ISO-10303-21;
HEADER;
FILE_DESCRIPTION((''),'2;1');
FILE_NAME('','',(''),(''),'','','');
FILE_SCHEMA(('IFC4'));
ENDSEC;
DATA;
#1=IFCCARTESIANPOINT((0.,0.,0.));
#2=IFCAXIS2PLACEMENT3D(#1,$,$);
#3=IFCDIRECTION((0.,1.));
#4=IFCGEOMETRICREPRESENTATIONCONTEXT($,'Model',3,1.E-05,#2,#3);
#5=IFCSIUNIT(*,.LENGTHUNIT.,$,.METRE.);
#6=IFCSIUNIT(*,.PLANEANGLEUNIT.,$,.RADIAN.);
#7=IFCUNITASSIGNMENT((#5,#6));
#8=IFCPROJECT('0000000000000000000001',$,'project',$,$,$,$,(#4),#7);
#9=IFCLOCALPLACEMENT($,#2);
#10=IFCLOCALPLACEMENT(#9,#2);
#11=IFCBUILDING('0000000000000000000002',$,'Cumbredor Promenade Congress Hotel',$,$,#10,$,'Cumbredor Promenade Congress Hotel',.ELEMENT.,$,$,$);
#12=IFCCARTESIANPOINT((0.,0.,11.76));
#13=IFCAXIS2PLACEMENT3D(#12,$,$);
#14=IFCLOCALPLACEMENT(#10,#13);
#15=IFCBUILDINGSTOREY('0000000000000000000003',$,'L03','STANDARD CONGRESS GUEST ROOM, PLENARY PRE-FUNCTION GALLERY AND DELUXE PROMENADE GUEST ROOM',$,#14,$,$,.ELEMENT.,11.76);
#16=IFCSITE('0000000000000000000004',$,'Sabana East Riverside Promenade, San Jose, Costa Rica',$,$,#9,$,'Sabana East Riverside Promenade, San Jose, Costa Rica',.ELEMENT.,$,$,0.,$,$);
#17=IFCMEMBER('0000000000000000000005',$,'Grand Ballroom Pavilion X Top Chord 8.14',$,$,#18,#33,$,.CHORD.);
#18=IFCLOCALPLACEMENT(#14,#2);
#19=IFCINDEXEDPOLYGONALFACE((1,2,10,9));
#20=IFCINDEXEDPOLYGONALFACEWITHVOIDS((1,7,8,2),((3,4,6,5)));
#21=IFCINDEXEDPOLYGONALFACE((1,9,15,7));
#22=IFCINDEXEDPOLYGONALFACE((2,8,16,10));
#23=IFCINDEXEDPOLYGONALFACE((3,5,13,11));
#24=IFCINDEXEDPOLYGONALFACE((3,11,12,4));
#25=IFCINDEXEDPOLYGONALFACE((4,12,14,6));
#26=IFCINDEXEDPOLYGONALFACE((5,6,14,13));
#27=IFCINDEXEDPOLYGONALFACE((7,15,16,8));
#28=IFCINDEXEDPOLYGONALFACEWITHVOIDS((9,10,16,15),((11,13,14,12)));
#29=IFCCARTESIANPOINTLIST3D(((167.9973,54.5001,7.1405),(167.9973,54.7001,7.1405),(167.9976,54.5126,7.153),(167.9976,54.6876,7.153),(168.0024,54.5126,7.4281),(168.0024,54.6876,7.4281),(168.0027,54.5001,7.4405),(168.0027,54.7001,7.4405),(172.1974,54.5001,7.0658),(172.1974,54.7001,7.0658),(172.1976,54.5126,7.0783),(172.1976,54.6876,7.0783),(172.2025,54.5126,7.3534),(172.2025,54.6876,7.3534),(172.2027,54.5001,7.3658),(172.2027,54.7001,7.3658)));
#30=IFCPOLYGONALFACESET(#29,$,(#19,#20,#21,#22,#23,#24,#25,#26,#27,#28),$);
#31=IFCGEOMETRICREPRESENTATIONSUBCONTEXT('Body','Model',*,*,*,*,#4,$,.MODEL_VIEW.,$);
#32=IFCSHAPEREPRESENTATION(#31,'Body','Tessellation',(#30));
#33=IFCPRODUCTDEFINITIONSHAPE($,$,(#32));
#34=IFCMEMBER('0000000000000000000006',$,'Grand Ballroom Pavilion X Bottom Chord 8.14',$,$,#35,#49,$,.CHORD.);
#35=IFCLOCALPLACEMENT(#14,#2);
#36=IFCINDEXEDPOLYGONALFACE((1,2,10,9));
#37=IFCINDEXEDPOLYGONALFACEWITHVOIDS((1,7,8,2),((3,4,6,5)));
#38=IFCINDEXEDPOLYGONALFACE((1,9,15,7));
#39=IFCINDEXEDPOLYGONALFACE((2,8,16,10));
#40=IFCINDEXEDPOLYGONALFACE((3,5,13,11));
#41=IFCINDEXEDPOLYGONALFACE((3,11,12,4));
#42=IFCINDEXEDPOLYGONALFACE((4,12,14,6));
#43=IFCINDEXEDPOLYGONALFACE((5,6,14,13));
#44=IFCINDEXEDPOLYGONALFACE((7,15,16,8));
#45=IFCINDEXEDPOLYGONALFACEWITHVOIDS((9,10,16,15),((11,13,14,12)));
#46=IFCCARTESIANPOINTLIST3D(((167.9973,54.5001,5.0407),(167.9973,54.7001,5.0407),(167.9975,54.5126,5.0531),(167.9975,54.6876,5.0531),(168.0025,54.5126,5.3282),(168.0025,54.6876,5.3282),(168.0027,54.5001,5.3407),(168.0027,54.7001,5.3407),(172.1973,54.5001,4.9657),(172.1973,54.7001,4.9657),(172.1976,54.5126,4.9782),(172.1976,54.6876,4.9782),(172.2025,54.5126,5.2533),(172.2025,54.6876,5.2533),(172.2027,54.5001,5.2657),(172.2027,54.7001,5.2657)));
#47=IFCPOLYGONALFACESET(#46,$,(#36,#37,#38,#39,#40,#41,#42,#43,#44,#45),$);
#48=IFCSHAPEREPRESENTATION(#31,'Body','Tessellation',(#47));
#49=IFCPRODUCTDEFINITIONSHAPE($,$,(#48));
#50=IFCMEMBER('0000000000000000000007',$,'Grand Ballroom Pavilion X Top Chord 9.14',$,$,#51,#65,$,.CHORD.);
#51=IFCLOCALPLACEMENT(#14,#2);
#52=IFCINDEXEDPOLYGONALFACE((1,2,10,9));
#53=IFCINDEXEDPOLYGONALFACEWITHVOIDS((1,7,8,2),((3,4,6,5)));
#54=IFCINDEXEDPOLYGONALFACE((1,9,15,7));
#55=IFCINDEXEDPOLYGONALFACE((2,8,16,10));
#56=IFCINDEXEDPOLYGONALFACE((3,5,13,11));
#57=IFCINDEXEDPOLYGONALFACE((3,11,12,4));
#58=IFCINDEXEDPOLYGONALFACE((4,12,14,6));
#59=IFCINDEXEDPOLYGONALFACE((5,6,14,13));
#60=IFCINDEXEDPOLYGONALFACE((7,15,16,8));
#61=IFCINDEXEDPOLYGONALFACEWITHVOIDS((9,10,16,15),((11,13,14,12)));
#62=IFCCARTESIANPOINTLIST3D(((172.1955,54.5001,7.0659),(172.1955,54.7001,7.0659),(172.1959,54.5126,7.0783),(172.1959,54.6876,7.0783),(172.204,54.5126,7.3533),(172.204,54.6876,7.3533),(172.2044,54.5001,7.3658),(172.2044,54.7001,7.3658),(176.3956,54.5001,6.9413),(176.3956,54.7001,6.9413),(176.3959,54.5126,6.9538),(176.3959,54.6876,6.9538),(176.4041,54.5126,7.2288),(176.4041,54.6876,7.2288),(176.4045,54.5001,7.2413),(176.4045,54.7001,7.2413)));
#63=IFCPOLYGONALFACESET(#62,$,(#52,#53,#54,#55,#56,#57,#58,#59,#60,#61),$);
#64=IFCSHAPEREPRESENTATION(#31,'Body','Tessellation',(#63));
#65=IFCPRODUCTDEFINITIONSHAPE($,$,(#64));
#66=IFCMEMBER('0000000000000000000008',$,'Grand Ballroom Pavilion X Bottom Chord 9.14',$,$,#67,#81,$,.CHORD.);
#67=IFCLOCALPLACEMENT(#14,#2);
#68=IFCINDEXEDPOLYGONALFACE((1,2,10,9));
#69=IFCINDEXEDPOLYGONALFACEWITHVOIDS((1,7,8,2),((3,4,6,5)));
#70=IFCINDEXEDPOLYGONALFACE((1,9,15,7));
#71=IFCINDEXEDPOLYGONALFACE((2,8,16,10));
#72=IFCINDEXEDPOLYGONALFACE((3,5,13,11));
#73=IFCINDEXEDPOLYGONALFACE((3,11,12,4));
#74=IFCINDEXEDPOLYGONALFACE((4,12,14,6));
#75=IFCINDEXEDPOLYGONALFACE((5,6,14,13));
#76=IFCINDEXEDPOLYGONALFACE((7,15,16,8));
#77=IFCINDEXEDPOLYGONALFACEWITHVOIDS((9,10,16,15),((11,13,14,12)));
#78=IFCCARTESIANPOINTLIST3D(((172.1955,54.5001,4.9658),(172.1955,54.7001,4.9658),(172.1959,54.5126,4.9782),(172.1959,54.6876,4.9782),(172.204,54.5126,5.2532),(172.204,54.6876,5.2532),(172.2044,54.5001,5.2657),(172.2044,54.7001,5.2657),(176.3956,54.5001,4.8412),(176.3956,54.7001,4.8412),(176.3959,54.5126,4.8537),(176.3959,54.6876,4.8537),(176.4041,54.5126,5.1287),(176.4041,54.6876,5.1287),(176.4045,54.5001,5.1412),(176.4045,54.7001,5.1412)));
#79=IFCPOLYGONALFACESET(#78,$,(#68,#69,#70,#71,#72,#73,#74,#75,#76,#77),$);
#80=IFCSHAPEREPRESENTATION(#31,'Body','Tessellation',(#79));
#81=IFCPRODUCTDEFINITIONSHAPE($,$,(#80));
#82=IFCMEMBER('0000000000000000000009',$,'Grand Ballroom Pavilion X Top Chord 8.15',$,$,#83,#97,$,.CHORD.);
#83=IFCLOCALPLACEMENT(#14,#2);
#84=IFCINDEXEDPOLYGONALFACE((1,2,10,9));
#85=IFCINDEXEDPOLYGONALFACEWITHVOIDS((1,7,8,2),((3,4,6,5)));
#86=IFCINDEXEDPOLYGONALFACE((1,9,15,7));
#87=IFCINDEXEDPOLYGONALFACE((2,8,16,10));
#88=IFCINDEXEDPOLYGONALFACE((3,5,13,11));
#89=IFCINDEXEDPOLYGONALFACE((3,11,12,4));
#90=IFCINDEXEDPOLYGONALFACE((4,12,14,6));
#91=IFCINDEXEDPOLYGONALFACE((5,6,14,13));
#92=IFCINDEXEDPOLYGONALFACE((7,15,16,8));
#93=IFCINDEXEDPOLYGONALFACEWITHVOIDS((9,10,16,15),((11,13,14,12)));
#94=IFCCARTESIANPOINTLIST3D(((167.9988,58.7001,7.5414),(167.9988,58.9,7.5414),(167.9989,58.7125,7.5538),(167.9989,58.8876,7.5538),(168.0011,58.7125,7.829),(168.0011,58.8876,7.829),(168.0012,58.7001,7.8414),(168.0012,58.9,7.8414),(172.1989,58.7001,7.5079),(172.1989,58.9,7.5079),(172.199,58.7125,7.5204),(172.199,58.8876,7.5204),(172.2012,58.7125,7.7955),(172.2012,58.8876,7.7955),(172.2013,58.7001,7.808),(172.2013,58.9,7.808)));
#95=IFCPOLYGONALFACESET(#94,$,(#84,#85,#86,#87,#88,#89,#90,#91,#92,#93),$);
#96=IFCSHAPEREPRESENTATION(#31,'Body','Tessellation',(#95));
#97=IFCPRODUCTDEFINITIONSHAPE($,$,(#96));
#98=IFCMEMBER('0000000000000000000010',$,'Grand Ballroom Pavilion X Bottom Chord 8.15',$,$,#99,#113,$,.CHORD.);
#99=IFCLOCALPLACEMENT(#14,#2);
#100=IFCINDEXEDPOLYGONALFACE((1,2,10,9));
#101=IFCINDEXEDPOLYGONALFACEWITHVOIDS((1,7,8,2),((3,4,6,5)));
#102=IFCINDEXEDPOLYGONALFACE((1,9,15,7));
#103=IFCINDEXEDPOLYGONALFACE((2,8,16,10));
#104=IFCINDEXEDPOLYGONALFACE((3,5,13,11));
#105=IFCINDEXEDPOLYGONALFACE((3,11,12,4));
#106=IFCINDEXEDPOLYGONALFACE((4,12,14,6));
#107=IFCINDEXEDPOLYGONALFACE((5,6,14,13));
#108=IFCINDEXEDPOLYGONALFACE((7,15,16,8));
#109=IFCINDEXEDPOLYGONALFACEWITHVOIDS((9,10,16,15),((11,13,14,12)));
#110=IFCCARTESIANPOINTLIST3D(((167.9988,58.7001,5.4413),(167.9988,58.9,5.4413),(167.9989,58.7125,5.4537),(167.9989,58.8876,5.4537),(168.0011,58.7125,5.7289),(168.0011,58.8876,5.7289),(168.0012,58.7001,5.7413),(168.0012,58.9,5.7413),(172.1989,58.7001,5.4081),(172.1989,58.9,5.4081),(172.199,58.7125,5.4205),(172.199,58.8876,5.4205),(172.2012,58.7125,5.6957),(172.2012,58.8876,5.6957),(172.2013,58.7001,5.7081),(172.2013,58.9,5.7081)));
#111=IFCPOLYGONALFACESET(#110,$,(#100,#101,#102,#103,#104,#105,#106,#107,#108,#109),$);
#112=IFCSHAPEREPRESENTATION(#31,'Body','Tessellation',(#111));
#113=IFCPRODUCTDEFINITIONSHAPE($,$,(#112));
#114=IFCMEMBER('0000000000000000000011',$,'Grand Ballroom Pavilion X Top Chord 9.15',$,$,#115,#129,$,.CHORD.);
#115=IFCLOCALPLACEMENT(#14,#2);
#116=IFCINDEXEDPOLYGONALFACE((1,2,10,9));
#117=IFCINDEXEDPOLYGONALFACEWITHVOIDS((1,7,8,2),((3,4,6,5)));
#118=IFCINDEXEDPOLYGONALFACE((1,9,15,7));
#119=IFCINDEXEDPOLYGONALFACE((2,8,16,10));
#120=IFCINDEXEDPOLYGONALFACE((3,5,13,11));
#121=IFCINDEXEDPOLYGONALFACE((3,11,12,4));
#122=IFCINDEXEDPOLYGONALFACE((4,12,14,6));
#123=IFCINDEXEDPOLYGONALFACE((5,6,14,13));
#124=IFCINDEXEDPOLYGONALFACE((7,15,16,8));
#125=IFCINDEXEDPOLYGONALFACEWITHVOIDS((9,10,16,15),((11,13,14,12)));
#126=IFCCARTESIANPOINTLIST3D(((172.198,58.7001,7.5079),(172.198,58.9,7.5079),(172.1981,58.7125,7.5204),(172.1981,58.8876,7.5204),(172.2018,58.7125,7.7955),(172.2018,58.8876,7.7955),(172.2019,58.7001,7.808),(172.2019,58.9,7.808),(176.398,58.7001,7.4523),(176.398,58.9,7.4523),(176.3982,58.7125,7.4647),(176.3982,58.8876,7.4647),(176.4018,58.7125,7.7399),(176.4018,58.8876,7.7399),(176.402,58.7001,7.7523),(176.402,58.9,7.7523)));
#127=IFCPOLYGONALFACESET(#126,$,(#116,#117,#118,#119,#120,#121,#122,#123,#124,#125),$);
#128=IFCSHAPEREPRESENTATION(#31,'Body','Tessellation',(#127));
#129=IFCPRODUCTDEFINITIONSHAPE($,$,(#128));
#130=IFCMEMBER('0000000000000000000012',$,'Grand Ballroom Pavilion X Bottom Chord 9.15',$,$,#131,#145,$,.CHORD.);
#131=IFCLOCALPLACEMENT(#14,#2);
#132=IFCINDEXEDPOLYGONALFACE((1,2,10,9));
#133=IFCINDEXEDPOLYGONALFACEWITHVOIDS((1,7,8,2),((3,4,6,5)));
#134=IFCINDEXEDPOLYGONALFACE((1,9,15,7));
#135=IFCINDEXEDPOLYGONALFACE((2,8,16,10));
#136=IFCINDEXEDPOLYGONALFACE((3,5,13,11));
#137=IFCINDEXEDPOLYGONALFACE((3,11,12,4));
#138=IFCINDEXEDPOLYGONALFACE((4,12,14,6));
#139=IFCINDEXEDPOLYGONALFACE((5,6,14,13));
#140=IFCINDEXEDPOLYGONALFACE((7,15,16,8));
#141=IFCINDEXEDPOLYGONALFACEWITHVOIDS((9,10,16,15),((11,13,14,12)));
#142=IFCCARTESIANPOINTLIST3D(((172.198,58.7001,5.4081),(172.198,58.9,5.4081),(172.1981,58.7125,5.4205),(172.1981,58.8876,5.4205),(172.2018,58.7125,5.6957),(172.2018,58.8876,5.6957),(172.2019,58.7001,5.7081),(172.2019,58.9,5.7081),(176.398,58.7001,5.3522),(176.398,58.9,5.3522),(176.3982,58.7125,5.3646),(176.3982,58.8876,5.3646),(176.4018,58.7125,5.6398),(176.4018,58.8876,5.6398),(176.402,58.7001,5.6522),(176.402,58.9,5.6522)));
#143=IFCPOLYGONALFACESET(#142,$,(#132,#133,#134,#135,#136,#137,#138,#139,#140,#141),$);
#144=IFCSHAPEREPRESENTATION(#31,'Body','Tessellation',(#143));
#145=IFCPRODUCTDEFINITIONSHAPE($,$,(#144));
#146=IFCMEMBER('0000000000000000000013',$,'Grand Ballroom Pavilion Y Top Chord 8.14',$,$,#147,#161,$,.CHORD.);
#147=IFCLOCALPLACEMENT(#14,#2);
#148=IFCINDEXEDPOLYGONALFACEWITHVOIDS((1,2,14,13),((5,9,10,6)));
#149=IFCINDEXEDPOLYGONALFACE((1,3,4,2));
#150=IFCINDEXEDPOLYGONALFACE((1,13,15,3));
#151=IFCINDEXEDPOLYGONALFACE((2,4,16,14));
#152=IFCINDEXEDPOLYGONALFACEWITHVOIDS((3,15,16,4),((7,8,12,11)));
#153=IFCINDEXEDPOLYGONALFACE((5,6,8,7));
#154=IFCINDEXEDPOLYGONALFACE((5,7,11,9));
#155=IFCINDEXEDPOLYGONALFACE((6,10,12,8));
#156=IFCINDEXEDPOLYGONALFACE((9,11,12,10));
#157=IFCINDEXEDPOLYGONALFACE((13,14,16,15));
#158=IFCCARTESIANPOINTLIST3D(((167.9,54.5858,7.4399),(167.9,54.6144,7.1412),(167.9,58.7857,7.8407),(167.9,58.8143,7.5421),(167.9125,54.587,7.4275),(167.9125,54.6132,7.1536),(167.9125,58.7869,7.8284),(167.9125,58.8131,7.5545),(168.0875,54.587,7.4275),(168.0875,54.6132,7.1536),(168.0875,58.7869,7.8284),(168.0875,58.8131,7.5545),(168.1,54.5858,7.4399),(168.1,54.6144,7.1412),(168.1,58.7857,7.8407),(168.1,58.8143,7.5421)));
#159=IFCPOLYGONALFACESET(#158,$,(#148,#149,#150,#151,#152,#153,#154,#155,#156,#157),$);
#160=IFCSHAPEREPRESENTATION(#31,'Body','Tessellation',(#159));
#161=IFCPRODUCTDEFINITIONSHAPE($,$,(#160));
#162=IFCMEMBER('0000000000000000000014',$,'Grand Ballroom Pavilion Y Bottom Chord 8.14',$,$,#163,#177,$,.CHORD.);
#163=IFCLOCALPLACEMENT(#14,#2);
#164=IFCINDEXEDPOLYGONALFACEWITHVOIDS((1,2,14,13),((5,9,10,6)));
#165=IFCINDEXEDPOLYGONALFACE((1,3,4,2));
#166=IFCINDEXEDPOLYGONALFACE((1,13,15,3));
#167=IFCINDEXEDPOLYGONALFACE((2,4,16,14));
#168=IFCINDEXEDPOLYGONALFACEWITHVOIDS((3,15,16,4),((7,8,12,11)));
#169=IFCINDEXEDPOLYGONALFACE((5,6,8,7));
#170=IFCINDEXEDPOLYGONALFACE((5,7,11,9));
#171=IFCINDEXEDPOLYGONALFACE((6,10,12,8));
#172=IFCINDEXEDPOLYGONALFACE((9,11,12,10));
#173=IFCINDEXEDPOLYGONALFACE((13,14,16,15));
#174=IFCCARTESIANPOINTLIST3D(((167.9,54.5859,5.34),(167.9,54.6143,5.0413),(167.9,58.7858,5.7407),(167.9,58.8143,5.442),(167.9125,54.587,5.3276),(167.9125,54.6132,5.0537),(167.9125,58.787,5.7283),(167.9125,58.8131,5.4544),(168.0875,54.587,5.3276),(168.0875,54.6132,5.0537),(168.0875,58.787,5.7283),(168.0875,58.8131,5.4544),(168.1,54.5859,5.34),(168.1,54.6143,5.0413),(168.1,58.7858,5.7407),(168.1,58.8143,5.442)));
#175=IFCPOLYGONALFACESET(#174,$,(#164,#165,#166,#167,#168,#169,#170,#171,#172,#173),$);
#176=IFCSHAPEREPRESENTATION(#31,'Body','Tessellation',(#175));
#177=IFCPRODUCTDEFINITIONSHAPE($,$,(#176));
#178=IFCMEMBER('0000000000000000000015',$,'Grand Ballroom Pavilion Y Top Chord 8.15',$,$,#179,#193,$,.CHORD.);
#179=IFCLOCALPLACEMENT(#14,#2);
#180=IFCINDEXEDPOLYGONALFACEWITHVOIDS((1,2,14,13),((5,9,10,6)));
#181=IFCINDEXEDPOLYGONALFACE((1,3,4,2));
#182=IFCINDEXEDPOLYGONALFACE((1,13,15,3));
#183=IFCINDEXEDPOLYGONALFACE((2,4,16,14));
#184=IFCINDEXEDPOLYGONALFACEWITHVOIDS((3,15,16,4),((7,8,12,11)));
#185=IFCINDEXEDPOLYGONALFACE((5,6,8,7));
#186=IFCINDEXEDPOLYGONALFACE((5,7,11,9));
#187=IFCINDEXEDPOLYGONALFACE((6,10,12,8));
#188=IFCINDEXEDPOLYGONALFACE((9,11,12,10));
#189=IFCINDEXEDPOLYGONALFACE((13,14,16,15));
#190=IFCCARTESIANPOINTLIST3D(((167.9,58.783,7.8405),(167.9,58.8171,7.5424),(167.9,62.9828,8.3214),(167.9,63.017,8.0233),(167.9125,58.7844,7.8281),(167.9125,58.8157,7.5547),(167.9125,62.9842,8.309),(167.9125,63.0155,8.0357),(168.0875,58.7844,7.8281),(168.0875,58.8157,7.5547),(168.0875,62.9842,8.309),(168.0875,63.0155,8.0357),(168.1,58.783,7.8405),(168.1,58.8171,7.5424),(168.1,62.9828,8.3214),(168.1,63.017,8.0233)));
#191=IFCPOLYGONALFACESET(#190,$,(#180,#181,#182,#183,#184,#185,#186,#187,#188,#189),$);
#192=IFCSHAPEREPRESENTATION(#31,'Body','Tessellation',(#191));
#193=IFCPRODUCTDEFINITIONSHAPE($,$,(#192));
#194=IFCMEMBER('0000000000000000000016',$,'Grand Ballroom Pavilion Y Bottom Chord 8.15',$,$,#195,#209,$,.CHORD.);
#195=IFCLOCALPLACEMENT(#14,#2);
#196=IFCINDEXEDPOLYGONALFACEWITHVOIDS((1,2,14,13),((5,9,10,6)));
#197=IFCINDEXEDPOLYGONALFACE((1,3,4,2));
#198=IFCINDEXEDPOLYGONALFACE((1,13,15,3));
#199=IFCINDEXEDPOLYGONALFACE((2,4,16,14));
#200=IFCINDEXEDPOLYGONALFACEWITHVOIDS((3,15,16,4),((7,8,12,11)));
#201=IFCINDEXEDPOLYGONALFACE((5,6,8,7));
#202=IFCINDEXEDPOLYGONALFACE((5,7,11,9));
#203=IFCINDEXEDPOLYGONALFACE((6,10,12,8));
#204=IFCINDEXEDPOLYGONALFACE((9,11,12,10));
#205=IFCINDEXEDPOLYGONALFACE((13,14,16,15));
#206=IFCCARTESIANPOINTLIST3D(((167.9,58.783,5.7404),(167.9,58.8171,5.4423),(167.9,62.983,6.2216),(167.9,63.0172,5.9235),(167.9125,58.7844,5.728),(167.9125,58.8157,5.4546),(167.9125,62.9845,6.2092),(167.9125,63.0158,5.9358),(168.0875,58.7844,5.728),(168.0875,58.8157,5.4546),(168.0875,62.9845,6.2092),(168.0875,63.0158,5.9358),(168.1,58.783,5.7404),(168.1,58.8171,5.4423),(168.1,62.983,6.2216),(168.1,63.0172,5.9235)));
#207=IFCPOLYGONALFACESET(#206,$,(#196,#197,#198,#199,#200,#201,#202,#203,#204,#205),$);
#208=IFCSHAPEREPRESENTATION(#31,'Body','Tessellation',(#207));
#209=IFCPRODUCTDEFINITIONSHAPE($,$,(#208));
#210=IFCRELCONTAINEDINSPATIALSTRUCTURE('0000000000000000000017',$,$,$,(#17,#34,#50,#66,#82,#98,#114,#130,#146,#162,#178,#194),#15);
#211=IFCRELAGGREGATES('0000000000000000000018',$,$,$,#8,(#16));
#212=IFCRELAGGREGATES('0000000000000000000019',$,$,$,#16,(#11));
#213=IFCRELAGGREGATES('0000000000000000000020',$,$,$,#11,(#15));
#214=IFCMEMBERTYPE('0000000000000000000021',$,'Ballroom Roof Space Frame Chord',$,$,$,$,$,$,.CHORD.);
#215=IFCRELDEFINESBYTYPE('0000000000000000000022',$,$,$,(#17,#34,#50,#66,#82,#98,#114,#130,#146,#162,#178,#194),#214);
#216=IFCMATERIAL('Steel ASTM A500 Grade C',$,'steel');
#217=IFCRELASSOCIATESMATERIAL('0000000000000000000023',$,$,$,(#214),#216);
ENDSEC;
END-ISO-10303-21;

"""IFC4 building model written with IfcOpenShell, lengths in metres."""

from ifc_helpers import new_model, si_unit, direction, frame, origin, origin_2d, place, context, subcontext, project, spatial, hollow_rectangle, extrude, material, material_profile, profile_set, type_object, element, save


model = new_model("IFC4")

# Units and contexts
model_context = context("Model", 3, precision=1e-05, world=origin(), true_north=direction((0.0, 1.0)))
body_context = subcontext(model_context, "Body", "Model", "MODEL_VIEW")
ifc_project = project(units=[si_unit("LENGTHUNIT", "METRE"), si_unit("PLANEANGLEUNIT", "RADIAN")], contexts=[model_context])

# Site, building, storey
site_placement = place(None, origin())
site = spatial("IfcSite", under=ifc_project, at=site_placement, Name="Sabana East Riverside Promenade, San Jose, Costa Rica", LongName="Sabana East Riverside Promenade, San Jose, Costa Rica", CompositionType="ELEMENT", RefElevation=0.0)
building_placement = place(site_placement, origin())
building = spatial("IfcBuilding", under=site, at=building_placement, Name="Cumbredor Promenade Congress Hotel", LongName="Cumbredor Promenade Congress Hotel", CompositionType="ELEMENT")
storey_placement = place(building_placement, frame((0.0, 0.0, 11.76)))
storey = spatial("IfcBuildingStorey", under=building, at=storey_placement, Name="L03", Description="STANDARD CONGRESS GUEST ROOM, PLENARY PRE-FUNCTION GALLERY AND DELUXE PROMENADE GUEST ROOM", CompositionType="ELEMENT", Elevation=11.76)

# Members
ifc_material_1 = material(Name="Steel ASTM A500 Grade C", Category="steel")
ifc_material_profile_1 = material_profile(ifc_material_1, hollow_rectangle(XDim=0.2, YDim=0.3, WallThickness=0.0125, at=origin_2d()), Name="HSS 300x200x12.5")
ifc_profile_set_1 = profile_set([ifc_material_profile_1], Name="Steel ASTM A500 Grade C")
member_type_1 = type_object("IfcMemberType", Name="Ballroom Roof Space Frame Chord", PredefinedType="CHORD", material=ifc_profile_set_1)
for number, where, z_axis, x_axis, name in (
    (1, (168.0, 54.6001, 7.2905), (0.999842, 0.0, -0.017785), (0.0, 1.0, 0.0), "Grand Ballroom Pavilion X Top Chord 8.14"),
    (2, (168.0, 54.6001, 5.1907), (0.999841, 0.0, -0.017843), (0.0, 1.0, 0.0), "Grand Ballroom Pavilion X Bottom Chord 8.14"),
):
    element("IfcMember", number, at=place(storey_placement, frame(where, z_axis=z_axis, x_axis=x_axis)), inside=storey, type_object=member_type_1, Name=name, PredefinedType="CHORD", context=body_context, shape_type="SweptSolid", body=[
        extrude(hollow_rectangle(XDim=0.2, YDim=0.3, WallThickness=0.0125, at=origin_2d()), origin(), (0.0, 0.0, 1.0), 4.2007),
    ])
for number, where, z_axis, x_axis, name in (
    (3, (172.2, 54.6001, 7.2158), (0.999561, 0.0, -0.029633), (0.0, 1.0, 0.0), "Grand Ballroom Pavilion X Top Chord 9.14"),
    (4, (172.2, 54.6001, 5.1157), (0.999561, 0.0, -0.029633), (0.0, 1.0, 0.0), "Grand Ballroom Pavilion X Bottom Chord 9.14"),
):
    element("IfcMember", number, at=place(storey_placement, frame(where, z_axis=z_axis, x_axis=x_axis)), inside=storey, type_object=member_type_1, Name=name, PredefinedType="CHORD", context=body_context, shape_type="SweptSolid", body=[
        extrude(hollow_rectangle(XDim=0.2, YDim=0.3, WallThickness=0.0125, at=origin_2d()), origin(), (0.0, 0.0, 1.0), 4.2019),
    ])
for number, where, z_axis, x_axis, name in (
    (5, (168.0, 58.8, 7.6914), (0.999968, 0.0, -0.007963), (0.0, 1.0, 0.0), "Grand Ballroom Pavilion X Top Chord 8.15"),
    (6, (168.0, 58.8, 5.5913), (0.999969, 0.0, -0.007905), (0.0, 1.0, 0.0), "Grand Ballroom Pavilion X Bottom Chord 8.15"),
):
    element("IfcMember", number, at=place(storey_placement, frame(where, z_axis=z_axis, x_axis=x_axis)), inside=storey, type_object=member_type_1, Name=name, PredefinedType="CHORD", context=body_context, shape_type="SweptSolid", body=[
        extrude(hollow_rectangle(XDim=0.2, YDim=0.3, WallThickness=0.0125, at=origin_2d()), origin(), (0.0, 0.0, 1.0), 4.2002),
    ])
for number, where, z_axis, x_axis, name in (
    (7, (172.2, 58.8, 7.658), (0.999912, 0.0, -0.013252), (0.0, 1.0, 0.0), "Grand Ballroom Pavilion X Top Chord 9.15"),
    (8, (172.2, 58.8, 5.5581), (0.999911, 0.0, -0.01331), (0.0, 1.0, 0.0), "Grand Ballroom Pavilion X Bottom Chord 9.15"),
):
    element("IfcMember", number, at=place(storey_placement, frame(where, z_axis=z_axis, x_axis=x_axis)), inside=storey, type_object=member_type_1, Name=name, PredefinedType="CHORD", context=body_context, shape_type="SweptSolid", body=[
        extrude(hollow_rectangle(XDim=0.2, YDim=0.3, WallThickness=0.0125, at=origin_2d()), origin(), (0.0, 0.0, 1.0), 4.2004),
    ])
for number, where, z_axis, x_axis, name in (
    (9, (168.0, 54.6001, 7.2905), (0.0, 0.995476, 0.095017), (-1.0, 0.0, 0.0), "Grand Ballroom Pavilion Y Top Chord 8.14"),
    (10, (168.0, 54.6001, 5.1907), (0.0, 0.995481, 0.094959), (-1.0, 0.0, 0.0), "Grand Ballroom Pavilion Y Bottom Chord 8.14"),
):
    element("IfcMember", number, at=place(storey_placement, frame(where, z_axis=z_axis, x_axis=x_axis)), inside=storey, type_object=member_type_1, Name=name, PredefinedType="CHORD", context=body_context, shape_type="SweptSolid", body=[
        extrude(hollow_rectangle(XDim=0.2, YDim=0.3, WallThickness=0.0125, at=origin_2d()), origin(), (0.0, 0.0, 1.0), 4.219),
    ])
member_1_placement = place(storey_placement, frame((168.0, 58.8, 7.6914), z_axis=(0.0, 0.993507, 0.113771), x_axis=(-1.0, 0.0, 0.0)))
element("IfcMember", 11, at=member_1_placement, inside=storey, type_object=member_type_1, Name="Grand Ballroom Pavilion Y Top Chord 8.15", PredefinedType="CHORD", context=body_context, shape_type="SweptSolid", body=[
    extrude(hollow_rectangle(XDim=0.2, YDim=0.3, WallThickness=0.0125, at=origin_2d()), origin(), (0.0, 0.0, 1.0), 4.2273),
])
member_2_placement = place(storey_placement, frame((168.0, 58.8, 5.5913), z_axis=(0.0, 0.9935, 0.113828), x_axis=(-1.0, 0.0, 0.0)))
element("IfcMember", 12, at=member_2_placement, inside=storey, type_object=member_type_1, Name="Grand Ballroom Pavilion Y Bottom Chord 8.15", PredefinedType="CHORD", context=body_context, shape_type="SweptSolid", body=[
    extrude(hollow_rectangle(XDim=0.2, YDim=0.3, WallThickness=0.0125, at=origin_2d()), origin(), (0.0, 0.0, 1.0), 4.2275),
])

save(model, "model.ifc")
